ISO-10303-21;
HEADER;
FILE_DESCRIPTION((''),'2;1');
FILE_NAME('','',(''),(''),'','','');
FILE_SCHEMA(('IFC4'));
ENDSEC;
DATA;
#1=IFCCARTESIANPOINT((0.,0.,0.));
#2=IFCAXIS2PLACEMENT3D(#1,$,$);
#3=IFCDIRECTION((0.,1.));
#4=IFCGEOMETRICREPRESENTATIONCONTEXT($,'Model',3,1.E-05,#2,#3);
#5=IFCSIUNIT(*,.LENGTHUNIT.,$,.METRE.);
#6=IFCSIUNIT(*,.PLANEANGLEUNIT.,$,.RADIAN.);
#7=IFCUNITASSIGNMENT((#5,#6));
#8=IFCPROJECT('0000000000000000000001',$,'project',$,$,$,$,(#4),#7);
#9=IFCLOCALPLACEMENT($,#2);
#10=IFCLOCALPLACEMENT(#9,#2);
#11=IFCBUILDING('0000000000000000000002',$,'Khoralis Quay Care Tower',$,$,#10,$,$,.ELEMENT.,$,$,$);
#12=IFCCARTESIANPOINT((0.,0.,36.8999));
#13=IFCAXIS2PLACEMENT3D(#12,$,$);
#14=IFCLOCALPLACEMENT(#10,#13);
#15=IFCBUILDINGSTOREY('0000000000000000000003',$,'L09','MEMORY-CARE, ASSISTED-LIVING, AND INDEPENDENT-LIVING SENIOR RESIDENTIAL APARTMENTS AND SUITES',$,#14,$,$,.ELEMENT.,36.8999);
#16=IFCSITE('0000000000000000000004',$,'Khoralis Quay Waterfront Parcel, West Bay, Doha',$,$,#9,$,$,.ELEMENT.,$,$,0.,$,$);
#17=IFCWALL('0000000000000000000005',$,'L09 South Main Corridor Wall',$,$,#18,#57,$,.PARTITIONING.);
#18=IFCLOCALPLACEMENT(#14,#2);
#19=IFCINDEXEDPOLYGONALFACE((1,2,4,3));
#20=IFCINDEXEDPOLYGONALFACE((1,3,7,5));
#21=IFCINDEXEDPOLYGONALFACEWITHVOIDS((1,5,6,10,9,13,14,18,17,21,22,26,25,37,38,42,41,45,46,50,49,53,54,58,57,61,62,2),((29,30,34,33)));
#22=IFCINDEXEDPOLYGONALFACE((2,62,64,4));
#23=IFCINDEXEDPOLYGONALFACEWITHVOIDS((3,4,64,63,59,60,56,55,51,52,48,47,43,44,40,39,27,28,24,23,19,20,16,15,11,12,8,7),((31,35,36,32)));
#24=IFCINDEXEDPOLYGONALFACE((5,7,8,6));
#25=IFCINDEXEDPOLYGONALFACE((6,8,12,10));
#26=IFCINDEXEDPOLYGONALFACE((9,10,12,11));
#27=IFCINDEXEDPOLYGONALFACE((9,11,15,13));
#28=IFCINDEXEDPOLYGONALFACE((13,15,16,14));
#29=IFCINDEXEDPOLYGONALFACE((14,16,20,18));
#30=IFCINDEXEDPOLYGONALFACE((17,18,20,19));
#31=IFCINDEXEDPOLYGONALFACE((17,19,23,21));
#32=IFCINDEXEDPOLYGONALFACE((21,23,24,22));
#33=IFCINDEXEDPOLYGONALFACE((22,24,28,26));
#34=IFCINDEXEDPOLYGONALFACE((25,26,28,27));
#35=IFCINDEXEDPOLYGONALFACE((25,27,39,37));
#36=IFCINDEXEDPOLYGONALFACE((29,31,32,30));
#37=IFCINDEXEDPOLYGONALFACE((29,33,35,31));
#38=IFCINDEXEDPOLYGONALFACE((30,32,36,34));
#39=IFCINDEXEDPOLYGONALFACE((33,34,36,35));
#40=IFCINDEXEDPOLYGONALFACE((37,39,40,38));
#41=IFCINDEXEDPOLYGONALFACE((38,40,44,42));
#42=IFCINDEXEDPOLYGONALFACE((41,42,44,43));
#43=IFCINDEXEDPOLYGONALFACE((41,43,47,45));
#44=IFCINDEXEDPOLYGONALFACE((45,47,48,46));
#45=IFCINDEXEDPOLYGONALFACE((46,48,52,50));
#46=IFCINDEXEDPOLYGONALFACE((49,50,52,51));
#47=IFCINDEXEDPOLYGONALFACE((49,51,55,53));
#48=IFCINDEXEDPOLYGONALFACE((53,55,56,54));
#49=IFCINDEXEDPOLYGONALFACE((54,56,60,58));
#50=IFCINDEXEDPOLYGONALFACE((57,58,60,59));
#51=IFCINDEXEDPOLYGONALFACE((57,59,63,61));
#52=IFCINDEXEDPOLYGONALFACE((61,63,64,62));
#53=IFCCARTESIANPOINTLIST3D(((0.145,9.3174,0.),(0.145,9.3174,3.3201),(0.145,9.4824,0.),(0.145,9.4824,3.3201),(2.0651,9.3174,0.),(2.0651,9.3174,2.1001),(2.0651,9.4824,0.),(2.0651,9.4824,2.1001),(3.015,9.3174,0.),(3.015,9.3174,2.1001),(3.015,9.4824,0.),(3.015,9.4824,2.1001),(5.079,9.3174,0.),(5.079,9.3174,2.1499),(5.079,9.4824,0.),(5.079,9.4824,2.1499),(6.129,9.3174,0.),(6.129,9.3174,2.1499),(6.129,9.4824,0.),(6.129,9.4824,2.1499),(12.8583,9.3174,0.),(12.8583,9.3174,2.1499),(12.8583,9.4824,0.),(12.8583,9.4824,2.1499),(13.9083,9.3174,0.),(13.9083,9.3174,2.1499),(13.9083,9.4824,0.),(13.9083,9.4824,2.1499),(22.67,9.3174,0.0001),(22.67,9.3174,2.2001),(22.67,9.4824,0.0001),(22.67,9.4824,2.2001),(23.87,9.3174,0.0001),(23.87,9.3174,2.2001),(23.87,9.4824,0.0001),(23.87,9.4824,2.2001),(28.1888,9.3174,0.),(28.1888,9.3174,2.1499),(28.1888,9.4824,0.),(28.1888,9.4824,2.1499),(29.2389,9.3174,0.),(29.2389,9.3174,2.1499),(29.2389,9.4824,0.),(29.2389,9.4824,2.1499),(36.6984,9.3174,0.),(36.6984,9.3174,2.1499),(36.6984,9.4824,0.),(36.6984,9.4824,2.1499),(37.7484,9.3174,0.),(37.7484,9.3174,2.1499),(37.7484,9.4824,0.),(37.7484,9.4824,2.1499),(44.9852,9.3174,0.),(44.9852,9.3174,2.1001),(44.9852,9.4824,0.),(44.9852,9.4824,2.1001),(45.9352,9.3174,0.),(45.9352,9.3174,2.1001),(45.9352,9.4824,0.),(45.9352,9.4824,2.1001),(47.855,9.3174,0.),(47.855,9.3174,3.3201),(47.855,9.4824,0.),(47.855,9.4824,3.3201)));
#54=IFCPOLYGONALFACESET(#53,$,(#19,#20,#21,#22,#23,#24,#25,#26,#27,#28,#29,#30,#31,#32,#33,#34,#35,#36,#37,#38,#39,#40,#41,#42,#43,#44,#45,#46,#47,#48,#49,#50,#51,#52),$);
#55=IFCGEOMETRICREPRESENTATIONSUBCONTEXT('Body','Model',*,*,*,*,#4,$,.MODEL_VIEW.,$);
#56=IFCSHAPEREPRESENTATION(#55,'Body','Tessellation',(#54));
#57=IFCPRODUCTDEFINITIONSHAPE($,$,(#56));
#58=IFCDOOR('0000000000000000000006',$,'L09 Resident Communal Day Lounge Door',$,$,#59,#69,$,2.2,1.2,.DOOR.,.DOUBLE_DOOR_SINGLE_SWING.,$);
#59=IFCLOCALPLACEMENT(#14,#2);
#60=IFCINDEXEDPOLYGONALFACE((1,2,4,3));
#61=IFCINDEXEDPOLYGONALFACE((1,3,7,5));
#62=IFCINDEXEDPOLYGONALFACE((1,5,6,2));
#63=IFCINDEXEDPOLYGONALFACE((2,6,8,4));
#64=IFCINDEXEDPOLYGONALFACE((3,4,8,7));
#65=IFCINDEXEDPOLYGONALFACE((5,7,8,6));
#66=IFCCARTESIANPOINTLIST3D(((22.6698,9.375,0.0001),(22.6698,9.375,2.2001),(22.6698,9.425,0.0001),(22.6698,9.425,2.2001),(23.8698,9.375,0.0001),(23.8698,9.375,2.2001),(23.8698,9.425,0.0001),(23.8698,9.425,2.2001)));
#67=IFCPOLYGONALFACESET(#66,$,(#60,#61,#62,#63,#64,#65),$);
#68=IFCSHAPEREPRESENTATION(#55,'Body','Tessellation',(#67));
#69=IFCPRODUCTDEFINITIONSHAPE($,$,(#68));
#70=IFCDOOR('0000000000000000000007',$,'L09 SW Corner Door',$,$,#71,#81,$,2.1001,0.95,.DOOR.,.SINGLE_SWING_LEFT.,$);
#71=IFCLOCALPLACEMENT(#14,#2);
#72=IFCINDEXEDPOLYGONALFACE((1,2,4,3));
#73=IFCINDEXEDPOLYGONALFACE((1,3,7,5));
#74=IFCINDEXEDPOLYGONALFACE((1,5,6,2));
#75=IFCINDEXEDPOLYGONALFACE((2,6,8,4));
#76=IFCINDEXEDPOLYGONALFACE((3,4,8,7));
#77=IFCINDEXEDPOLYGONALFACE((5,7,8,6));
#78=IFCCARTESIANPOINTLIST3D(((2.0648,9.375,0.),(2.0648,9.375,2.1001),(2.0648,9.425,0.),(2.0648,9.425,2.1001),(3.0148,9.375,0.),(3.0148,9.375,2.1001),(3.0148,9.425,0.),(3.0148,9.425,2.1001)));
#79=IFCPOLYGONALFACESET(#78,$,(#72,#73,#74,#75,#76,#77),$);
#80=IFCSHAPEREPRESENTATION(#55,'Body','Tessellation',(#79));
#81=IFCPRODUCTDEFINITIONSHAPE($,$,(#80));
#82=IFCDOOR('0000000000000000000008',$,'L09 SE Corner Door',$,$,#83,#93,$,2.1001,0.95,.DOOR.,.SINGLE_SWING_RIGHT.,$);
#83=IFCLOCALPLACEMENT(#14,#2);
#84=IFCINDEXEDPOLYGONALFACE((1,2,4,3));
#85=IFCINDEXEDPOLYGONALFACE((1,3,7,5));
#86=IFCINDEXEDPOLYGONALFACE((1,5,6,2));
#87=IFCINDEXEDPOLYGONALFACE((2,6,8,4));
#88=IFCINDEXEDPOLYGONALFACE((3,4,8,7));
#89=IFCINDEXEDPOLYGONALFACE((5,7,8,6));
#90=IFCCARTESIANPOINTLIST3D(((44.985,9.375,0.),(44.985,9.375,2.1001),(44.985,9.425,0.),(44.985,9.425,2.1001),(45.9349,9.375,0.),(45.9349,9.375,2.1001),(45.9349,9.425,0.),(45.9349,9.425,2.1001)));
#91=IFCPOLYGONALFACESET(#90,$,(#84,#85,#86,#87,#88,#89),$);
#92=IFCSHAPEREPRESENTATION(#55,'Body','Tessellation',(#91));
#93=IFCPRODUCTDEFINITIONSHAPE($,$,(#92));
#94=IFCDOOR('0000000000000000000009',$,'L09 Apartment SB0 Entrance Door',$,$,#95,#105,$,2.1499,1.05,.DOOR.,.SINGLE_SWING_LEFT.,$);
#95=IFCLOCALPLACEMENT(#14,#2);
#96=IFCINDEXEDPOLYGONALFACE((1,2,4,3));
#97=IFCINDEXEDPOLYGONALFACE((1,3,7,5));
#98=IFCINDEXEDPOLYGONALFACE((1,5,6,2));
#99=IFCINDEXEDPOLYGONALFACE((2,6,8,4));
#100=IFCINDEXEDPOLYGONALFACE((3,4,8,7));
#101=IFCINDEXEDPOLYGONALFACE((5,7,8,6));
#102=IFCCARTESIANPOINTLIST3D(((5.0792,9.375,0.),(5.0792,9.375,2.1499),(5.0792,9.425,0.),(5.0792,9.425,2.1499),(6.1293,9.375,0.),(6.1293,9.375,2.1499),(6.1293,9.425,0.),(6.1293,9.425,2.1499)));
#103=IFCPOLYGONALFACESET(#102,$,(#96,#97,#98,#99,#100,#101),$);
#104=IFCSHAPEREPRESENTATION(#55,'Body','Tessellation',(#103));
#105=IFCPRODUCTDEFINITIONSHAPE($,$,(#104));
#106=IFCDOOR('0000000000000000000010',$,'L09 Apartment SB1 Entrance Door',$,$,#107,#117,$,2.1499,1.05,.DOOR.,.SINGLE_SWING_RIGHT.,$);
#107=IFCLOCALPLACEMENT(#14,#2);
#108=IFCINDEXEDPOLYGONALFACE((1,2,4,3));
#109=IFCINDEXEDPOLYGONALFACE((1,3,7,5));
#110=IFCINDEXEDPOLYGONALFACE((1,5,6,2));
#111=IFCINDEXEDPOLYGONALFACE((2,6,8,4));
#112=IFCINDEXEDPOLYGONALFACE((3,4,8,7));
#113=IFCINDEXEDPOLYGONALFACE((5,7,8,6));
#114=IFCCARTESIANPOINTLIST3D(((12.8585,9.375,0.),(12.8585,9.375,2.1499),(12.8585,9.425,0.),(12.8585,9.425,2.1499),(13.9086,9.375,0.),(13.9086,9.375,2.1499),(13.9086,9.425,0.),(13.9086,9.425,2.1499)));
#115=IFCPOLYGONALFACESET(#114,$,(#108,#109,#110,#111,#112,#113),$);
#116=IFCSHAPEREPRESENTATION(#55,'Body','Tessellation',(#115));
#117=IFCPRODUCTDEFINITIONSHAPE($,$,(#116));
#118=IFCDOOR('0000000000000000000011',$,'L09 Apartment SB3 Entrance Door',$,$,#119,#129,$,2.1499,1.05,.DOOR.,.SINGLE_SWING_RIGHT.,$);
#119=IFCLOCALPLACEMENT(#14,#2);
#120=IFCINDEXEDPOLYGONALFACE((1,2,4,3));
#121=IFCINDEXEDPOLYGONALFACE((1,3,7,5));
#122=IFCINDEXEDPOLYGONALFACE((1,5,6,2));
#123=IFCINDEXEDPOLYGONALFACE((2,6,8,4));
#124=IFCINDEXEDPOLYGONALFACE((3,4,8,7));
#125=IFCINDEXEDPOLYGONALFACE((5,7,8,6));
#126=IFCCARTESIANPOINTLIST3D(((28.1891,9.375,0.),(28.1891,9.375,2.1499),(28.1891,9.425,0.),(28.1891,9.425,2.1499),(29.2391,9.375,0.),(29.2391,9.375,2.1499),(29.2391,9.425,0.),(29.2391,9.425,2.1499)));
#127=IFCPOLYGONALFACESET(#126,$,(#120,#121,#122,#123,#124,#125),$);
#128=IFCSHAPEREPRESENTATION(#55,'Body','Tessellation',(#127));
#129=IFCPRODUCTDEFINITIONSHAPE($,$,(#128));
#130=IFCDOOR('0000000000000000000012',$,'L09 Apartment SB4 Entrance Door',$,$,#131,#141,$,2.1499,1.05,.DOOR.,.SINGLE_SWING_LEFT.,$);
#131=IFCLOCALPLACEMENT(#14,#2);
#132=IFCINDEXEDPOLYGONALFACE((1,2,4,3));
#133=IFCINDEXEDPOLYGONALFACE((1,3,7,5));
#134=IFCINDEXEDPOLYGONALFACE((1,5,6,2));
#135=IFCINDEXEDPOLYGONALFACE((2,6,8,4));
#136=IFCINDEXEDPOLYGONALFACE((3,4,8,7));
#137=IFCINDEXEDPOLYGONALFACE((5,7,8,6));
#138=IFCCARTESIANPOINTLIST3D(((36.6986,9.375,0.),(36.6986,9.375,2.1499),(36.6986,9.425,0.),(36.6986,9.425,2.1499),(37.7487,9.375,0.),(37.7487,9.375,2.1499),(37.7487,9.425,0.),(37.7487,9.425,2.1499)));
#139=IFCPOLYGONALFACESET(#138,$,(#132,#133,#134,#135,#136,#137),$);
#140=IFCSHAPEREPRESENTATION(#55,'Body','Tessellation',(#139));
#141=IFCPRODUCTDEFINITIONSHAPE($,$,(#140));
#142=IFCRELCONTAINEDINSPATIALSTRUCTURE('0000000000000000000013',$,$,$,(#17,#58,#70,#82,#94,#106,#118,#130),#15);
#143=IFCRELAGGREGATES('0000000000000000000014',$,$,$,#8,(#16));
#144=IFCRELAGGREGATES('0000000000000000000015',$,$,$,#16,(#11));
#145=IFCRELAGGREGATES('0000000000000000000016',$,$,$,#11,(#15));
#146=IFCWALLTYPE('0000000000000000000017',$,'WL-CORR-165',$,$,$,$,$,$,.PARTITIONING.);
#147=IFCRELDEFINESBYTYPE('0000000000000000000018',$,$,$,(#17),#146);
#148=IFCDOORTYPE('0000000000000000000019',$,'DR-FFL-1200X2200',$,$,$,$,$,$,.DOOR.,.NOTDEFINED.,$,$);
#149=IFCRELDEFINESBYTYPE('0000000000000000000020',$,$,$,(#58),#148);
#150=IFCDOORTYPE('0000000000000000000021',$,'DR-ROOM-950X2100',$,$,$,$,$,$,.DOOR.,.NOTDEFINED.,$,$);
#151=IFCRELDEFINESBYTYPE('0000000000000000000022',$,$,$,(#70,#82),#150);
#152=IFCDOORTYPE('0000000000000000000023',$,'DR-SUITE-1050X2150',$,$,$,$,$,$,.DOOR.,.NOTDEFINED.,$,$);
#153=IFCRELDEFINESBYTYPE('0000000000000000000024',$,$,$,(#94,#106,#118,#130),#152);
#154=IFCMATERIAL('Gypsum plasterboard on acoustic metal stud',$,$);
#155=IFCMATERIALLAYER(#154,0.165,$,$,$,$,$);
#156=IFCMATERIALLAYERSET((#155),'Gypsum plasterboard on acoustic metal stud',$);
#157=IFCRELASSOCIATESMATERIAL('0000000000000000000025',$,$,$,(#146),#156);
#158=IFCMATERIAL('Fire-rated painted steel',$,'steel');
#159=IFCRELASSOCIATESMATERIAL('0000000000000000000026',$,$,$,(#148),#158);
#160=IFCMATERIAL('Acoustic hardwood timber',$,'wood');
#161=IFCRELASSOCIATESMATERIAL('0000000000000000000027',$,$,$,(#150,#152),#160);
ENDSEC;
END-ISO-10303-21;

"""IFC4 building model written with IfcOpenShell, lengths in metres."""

from ifc_helpers import new_model, si_unit, direction, frame, frame_2d, origin, place, context, subcontext, project, spatial, rectangle, extrude, source, transform, mapped, material, layer, layer_set, type_object, element, fill, save


model = new_model("IFC4")

# Units and contexts
model_context = context("Model", 3, precision=1e-05, world=origin(), true_north=direction((0.0, 1.0)))
body_context = subcontext(model_context, "Body", "Model", "MODEL_VIEW")
ifc_project = project(units=[si_unit("LENGTHUNIT", "METRE"), si_unit("PLANEANGLEUNIT", "RADIAN")], contexts=[model_context])

# Site, building, storey
site_placement = place(None, origin())
site = spatial("IfcSite", under=ifc_project, at=site_placement, Name="Khoralis Quay Waterfront Parcel, West Bay, Doha", CompositionType="ELEMENT", RefElevation=0.0)
building_placement = place(site_placement, origin())
building = spatial("IfcBuilding", under=site, at=building_placement, Name="Khoralis Quay Care Tower", CompositionType="ELEMENT")
storey_placement = place(building_placement, frame((0.0, 0.0, 36.8999)))
storey = spatial("IfcBuildingStorey", under=building, at=storey_placement, Name="L09", Description="MEMORY-CARE, ASSISTED-LIVING, AND INDEPENDENT-LIVING SENIOR RESIDENTIAL APARTMENTS AND SUITES", CompositionType="ELEMENT", Elevation=36.8999)

# Wall, openings, doors
ifc_material_1 = material(Name="Gypsum plasterboard on acoustic metal stud")
ifc_layer_1 = layer(ifc_material_1, 0.165)
ifc_layer_set_1 = layer_set([ifc_layer_1], Name="Gypsum plasterboard on acoustic metal stud")
wall_type_1 = type_object("IfcWallType", Name="WL-CORR-165", PredefinedType="PARTITIONING", material=ifc_layer_set_1)
wall_1_placement = place(storey_placement, frame((0.145, 9.3999, 0.0), z_axis=(0.0, 0.0, 1.0), x_axis=(1.0, 0.0, 0.0)))
wall_1 = element("IfcWall", 1, at=wall_1_placement, inside=storey, type_object=wall_type_1, Name="L09 South Main Corridor Wall", PredefinedType="PARTITIONING", context=body_context, shape_type="SweptSolid", body=[
    extrude(rectangle(XDim=47.71, YDim=0.165, at=frame_2d((23.855, 0.0))), origin(), (0.0, 0.0, 1.0), 3.3201),
])
opening_1_placement = place(wall_1_placement, frame((4.9341, 0.0, 0.0)))
opening_1 = element("IfcOpeningElement", 2, at=opening_1_placement, cuts=wall_1, PredefinedType="OPENING", context=body_context, shape_type="SweptSolid", body=[
    extrude(rectangle(XDim=1.05, YDim=2.1499, at=frame_2d((0.5249, 1.075))), frame((0.0, 0.0925, 0.0), z_axis=(0.0, -1.0, 0.0), x_axis=(1.0, 0.0, 0.0)), (0.0, 0.0, 1.0), 0.1851),
])
opening_2_placement = place(wall_1_placement, frame((12.7134, 0.0, 0.0)))
opening_2 = element("IfcOpeningElement", 3, at=opening_2_placement, cuts=wall_1, PredefinedType="OPENING", context=body_context, shape_type="SweptSolid", body=[
    extrude(rectangle(XDim=1.05, YDim=2.1499, at=frame_2d((0.5249, 1.075))), frame((0.0, 0.0925, 0.0), z_axis=(0.0, -1.0, 0.0), x_axis=(1.0, 0.0, 0.0)), (0.0, 0.0, 1.0), 0.1851),
])
opening_3_placement = place(wall_1_placement, frame((22.5249, 0.0, 0.0)))
opening_3 = element("IfcOpeningElement", 4, at=opening_3_placement, cuts=wall_1, PredefinedType="OPENING", context=body_context, shape_type="SweptSolid", body=[
    extrude(rectangle(XDim=1.2, YDim=2.2, at=frame_2d((0.6001, 1.1001))), frame((0.0, 0.0925, 0.0), z_axis=(0.0, -1.0, 0.0), x_axis=(1.0, 0.0, 0.0)), (0.0, 0.0, 1.0), 0.1851),
])
opening_4_placement = place(wall_1_placement, frame((28.0439, 0.0, 0.0)))
opening_4 = element("IfcOpeningElement", 5, at=opening_4_placement, cuts=wall_1, PredefinedType="OPENING", context=body_context, shape_type="SweptSolid", body=[
    extrude(rectangle(XDim=1.05, YDim=2.1499, at=frame_2d((0.5249, 1.075))), frame((0.0, 0.0925, 0.0), z_axis=(0.0, -1.0, 0.0), x_axis=(1.0, 0.0, 0.0)), (0.0, 0.0, 1.0), 0.1851),
])
opening_5_placement = place(wall_1_placement, frame((36.5535, 0.0, 0.0)))
opening_5 = element("IfcOpeningElement", 6, at=opening_5_placement, cuts=wall_1, PredefinedType="OPENING", context=body_context, shape_type="SweptSolid", body=[
    extrude(rectangle(XDim=1.05, YDim=2.1499, at=frame_2d((0.5249, 1.075))), frame((0.0, 0.0925, 0.0), z_axis=(0.0, -1.0, 0.0), x_axis=(1.0, 0.0, 0.0)), (0.0, 0.0, 1.0), 0.1851),
])
opening_6_placement = place(wall_1_placement, frame((1.9199, 0.0, 0.0)))
opening_6 = element("IfcOpeningElement", 7, at=opening_6_placement, cuts=wall_1, PredefinedType="OPENING", context=body_context, shape_type="SweptSolid", body=[
    extrude(rectangle(XDim=0.95, YDim=2.1001, at=frame_2d((0.4751, 1.05))), frame((0.0, 0.0925, 0.0), z_axis=(0.0, -1.0, 0.0), x_axis=(1.0, 0.0, 0.0)), (0.0, 0.0, 1.0), 0.1851),
])
opening_7_placement = place(wall_1_placement, frame((44.8401, 0.0, 0.0)))
opening_7 = element("IfcOpeningElement", 8, at=opening_7_placement, cuts=wall_1, PredefinedType="OPENING", context=body_context, shape_type="SweptSolid", body=[
    extrude(rectangle(XDim=0.95, YDim=2.1001, at=frame_2d((0.4751, 1.05))), frame((0.0, 0.0925, 0.0), z_axis=(0.0, -1.0, 0.0), x_axis=(1.0, 0.0, 0.0)), (0.0, 0.0, 1.0), 0.1851),
])
ifc_material_2 = material(Name="Fire-rated painted steel", Category="steel")
door_type_1 = type_object("IfcDoorType", Name="DR-FFL-1200X2200", OperationType="NOTDEFINED", PredefinedType="DOOR", material=ifc_material_2)
shared_shape_1 = source(origin(), body_context, "Body", "SweptSolid", [
    extrude(rectangle(XDim=1.2, YDim=2.2, at=frame_2d((0.6001, 1.1001))), frame((0.0, 0.0249, 0.0), z_axis=(0.0, -1.0, 0.0), x_axis=(1.0, 0.0, 0.0)), (0.0, 0.0, 1.0), 0.05),
])
door_1_placement = place(opening_3_placement, frame((1.2, 0.0, 0.0), z_axis=(0.0, 0.0, 1.0), x_axis=(-1.0, 0.0, 0.0)))
door_1 = element("IfcDoor", 9, at=door_1_placement, inside=storey, type_object=door_type_1, Name="L09 Resident Communal Day Lounge Door", OperationType="DOUBLE_DOOR_SINGLE_SWING", OverallHeight=2.2, OverallWidth=1.2, PredefinedType="DOOR", context=body_context, shape_type="MappedRepresentation", body=[
    mapped(shared_shape_1, transform((0.0, 0.0, 0.0), scale=1.0)),
])
fill(opening_3, door_1)
ifc_material_3 = material(Name="Acoustic hardwood timber", Category="wood")
door_type_2 = type_object("IfcDoorType", Name="DR-ROOM-950X2100", OperationType="NOTDEFINED", PredefinedType="DOOR", material=ifc_material_3)
shared_shape_2 = source(origin(), body_context, "Body", "SweptSolid", [
    extrude(rectangle(XDim=0.95, YDim=2.1001, at=frame_2d((0.4751, 1.05))), frame((0.0, 0.0249, 0.0), z_axis=(0.0, -1.0, 0.0), x_axis=(1.0, 0.0, 0.0)), (0.0, 0.0, 1.0), 0.05),
])
door_2_placement = place(opening_6_placement, frame((0.95, 0.0, 0.0), z_axis=(0.0, 0.0, 1.0), x_axis=(-1.0, 0.0, 0.0)))
door_2 = element("IfcDoor", 10, at=door_2_placement, inside=storey, type_object=door_type_2, Name="L09 SW Corner Door", OperationType="SINGLE_SWING_LEFT", OverallHeight=2.1001, OverallWidth=0.95, PredefinedType="DOOR", context=body_context, shape_type="MappedRepresentation", body=[
    mapped(shared_shape_2, transform((0.0, 0.0, 0.0), scale=1.0)),
])
fill(opening_6, door_2)
door_3_placement = place(opening_7_placement, frame((0.95, 0.0, 0.0), z_axis=(0.0, 0.0, 1.0), x_axis=(-1.0, 0.0, 0.0)))
door_3 = element("IfcDoor", 11, at=door_3_placement, inside=storey, type_object=door_type_2, Name="L09 SE Corner Door", OperationType="SINGLE_SWING_RIGHT", OverallHeight=2.1001, OverallWidth=0.95, PredefinedType="DOOR", context=body_context, shape_type="MappedRepresentation", body=[
    mapped(shared_shape_2, transform((0.0, 0.0, 0.0), scale=1.0)),
])
fill(opening_7, door_3)
door_type_3 = type_object("IfcDoorType", Name="DR-SUITE-1050X2150", OperationType="NOTDEFINED", PredefinedType="DOOR", material=ifc_material_3)
shared_shape_3 = source(origin(), body_context, "Body", "SweptSolid", [
    extrude(rectangle(XDim=1.05, YDim=2.1499, at=frame_2d((0.5249, 1.075))), frame((0.0, 0.0249, 0.0), z_axis=(0.0, -1.0, 0.0), x_axis=(1.0, 0.0, 0.0)), (0.0, 0.0, 1.0), 0.05),
])
door_4_placement = place(opening_1_placement, frame((1.05, 0.0, 0.0), z_axis=(0.0, 0.0, 1.0), x_axis=(-1.0, 0.0, 0.0)))
door_4 = element("IfcDoor", 12, at=door_4_placement, inside=storey, type_object=door_type_3, Name="L09 Apartment SB0 Entrance Door", OperationType="SINGLE_SWING_LEFT", OverallHeight=2.1499, OverallWidth=1.05, PredefinedType="DOOR", context=body_context, shape_type="MappedRepresentation", body=[
    mapped(shared_shape_3, transform((0.0, 0.0, 0.0), scale=1.0)),
])
fill(opening_1, door_4)
door_5_placement = place(opening_2_placement, frame((1.05, 0.0, 0.0), z_axis=(0.0, 0.0, 1.0), x_axis=(-1.0, 0.0, 0.0)))
door_5 = element("IfcDoor", 13, at=door_5_placement, inside=storey, type_object=door_type_3, Name="L09 Apartment SB1 Entrance Door", OperationType="SINGLE_SWING_RIGHT", OverallHeight=2.1499, OverallWidth=1.05, PredefinedType="DOOR", context=body_context, shape_type="MappedRepresentation", body=[
    mapped(shared_shape_3, transform((0.0, 0.0, 0.0), scale=1.0)),
])
fill(opening_2, door_5)
door_6_placement = place(opening_4_placement, frame((1.05, 0.0, 0.0), z_axis=(0.0, 0.0, 1.0), x_axis=(-1.0, 0.0, 0.0)))
door_6 = element("IfcDoor", 14, at=door_6_placement, inside=storey, type_object=door_type_3, Name="L09 Apartment SB3 Entrance Door", OperationType="SINGLE_SWING_RIGHT", OverallHeight=2.1499, OverallWidth=1.05, PredefinedType="DOOR", context=body_context, shape_type="MappedRepresentation", body=[
    mapped(shared_shape_3, transform((0.0, 0.0, 0.0), scale=1.0)),
])
fill(opening_4, door_6)
door_7_placement = place(opening_5_placement, frame((1.05, 0.0, 0.0), z_axis=(0.0, 0.0, 1.0), x_axis=(-1.0, 0.0, 0.0)))
door_7 = element("IfcDoor", 15, at=door_7_placement, inside=storey, type_object=door_type_3, Name="L09 Apartment SB4 Entrance Door", OperationType="SINGLE_SWING_LEFT", OverallHeight=2.1499, OverallWidth=1.05, PredefinedType="DOOR", context=body_context, shape_type="MappedRepresentation", body=[
    mapped(shared_shape_3, transform((0.0, 0.0, 0.0), scale=1.0)),
])
fill(opening_5, door_7)

save(model, "model.ifc")
